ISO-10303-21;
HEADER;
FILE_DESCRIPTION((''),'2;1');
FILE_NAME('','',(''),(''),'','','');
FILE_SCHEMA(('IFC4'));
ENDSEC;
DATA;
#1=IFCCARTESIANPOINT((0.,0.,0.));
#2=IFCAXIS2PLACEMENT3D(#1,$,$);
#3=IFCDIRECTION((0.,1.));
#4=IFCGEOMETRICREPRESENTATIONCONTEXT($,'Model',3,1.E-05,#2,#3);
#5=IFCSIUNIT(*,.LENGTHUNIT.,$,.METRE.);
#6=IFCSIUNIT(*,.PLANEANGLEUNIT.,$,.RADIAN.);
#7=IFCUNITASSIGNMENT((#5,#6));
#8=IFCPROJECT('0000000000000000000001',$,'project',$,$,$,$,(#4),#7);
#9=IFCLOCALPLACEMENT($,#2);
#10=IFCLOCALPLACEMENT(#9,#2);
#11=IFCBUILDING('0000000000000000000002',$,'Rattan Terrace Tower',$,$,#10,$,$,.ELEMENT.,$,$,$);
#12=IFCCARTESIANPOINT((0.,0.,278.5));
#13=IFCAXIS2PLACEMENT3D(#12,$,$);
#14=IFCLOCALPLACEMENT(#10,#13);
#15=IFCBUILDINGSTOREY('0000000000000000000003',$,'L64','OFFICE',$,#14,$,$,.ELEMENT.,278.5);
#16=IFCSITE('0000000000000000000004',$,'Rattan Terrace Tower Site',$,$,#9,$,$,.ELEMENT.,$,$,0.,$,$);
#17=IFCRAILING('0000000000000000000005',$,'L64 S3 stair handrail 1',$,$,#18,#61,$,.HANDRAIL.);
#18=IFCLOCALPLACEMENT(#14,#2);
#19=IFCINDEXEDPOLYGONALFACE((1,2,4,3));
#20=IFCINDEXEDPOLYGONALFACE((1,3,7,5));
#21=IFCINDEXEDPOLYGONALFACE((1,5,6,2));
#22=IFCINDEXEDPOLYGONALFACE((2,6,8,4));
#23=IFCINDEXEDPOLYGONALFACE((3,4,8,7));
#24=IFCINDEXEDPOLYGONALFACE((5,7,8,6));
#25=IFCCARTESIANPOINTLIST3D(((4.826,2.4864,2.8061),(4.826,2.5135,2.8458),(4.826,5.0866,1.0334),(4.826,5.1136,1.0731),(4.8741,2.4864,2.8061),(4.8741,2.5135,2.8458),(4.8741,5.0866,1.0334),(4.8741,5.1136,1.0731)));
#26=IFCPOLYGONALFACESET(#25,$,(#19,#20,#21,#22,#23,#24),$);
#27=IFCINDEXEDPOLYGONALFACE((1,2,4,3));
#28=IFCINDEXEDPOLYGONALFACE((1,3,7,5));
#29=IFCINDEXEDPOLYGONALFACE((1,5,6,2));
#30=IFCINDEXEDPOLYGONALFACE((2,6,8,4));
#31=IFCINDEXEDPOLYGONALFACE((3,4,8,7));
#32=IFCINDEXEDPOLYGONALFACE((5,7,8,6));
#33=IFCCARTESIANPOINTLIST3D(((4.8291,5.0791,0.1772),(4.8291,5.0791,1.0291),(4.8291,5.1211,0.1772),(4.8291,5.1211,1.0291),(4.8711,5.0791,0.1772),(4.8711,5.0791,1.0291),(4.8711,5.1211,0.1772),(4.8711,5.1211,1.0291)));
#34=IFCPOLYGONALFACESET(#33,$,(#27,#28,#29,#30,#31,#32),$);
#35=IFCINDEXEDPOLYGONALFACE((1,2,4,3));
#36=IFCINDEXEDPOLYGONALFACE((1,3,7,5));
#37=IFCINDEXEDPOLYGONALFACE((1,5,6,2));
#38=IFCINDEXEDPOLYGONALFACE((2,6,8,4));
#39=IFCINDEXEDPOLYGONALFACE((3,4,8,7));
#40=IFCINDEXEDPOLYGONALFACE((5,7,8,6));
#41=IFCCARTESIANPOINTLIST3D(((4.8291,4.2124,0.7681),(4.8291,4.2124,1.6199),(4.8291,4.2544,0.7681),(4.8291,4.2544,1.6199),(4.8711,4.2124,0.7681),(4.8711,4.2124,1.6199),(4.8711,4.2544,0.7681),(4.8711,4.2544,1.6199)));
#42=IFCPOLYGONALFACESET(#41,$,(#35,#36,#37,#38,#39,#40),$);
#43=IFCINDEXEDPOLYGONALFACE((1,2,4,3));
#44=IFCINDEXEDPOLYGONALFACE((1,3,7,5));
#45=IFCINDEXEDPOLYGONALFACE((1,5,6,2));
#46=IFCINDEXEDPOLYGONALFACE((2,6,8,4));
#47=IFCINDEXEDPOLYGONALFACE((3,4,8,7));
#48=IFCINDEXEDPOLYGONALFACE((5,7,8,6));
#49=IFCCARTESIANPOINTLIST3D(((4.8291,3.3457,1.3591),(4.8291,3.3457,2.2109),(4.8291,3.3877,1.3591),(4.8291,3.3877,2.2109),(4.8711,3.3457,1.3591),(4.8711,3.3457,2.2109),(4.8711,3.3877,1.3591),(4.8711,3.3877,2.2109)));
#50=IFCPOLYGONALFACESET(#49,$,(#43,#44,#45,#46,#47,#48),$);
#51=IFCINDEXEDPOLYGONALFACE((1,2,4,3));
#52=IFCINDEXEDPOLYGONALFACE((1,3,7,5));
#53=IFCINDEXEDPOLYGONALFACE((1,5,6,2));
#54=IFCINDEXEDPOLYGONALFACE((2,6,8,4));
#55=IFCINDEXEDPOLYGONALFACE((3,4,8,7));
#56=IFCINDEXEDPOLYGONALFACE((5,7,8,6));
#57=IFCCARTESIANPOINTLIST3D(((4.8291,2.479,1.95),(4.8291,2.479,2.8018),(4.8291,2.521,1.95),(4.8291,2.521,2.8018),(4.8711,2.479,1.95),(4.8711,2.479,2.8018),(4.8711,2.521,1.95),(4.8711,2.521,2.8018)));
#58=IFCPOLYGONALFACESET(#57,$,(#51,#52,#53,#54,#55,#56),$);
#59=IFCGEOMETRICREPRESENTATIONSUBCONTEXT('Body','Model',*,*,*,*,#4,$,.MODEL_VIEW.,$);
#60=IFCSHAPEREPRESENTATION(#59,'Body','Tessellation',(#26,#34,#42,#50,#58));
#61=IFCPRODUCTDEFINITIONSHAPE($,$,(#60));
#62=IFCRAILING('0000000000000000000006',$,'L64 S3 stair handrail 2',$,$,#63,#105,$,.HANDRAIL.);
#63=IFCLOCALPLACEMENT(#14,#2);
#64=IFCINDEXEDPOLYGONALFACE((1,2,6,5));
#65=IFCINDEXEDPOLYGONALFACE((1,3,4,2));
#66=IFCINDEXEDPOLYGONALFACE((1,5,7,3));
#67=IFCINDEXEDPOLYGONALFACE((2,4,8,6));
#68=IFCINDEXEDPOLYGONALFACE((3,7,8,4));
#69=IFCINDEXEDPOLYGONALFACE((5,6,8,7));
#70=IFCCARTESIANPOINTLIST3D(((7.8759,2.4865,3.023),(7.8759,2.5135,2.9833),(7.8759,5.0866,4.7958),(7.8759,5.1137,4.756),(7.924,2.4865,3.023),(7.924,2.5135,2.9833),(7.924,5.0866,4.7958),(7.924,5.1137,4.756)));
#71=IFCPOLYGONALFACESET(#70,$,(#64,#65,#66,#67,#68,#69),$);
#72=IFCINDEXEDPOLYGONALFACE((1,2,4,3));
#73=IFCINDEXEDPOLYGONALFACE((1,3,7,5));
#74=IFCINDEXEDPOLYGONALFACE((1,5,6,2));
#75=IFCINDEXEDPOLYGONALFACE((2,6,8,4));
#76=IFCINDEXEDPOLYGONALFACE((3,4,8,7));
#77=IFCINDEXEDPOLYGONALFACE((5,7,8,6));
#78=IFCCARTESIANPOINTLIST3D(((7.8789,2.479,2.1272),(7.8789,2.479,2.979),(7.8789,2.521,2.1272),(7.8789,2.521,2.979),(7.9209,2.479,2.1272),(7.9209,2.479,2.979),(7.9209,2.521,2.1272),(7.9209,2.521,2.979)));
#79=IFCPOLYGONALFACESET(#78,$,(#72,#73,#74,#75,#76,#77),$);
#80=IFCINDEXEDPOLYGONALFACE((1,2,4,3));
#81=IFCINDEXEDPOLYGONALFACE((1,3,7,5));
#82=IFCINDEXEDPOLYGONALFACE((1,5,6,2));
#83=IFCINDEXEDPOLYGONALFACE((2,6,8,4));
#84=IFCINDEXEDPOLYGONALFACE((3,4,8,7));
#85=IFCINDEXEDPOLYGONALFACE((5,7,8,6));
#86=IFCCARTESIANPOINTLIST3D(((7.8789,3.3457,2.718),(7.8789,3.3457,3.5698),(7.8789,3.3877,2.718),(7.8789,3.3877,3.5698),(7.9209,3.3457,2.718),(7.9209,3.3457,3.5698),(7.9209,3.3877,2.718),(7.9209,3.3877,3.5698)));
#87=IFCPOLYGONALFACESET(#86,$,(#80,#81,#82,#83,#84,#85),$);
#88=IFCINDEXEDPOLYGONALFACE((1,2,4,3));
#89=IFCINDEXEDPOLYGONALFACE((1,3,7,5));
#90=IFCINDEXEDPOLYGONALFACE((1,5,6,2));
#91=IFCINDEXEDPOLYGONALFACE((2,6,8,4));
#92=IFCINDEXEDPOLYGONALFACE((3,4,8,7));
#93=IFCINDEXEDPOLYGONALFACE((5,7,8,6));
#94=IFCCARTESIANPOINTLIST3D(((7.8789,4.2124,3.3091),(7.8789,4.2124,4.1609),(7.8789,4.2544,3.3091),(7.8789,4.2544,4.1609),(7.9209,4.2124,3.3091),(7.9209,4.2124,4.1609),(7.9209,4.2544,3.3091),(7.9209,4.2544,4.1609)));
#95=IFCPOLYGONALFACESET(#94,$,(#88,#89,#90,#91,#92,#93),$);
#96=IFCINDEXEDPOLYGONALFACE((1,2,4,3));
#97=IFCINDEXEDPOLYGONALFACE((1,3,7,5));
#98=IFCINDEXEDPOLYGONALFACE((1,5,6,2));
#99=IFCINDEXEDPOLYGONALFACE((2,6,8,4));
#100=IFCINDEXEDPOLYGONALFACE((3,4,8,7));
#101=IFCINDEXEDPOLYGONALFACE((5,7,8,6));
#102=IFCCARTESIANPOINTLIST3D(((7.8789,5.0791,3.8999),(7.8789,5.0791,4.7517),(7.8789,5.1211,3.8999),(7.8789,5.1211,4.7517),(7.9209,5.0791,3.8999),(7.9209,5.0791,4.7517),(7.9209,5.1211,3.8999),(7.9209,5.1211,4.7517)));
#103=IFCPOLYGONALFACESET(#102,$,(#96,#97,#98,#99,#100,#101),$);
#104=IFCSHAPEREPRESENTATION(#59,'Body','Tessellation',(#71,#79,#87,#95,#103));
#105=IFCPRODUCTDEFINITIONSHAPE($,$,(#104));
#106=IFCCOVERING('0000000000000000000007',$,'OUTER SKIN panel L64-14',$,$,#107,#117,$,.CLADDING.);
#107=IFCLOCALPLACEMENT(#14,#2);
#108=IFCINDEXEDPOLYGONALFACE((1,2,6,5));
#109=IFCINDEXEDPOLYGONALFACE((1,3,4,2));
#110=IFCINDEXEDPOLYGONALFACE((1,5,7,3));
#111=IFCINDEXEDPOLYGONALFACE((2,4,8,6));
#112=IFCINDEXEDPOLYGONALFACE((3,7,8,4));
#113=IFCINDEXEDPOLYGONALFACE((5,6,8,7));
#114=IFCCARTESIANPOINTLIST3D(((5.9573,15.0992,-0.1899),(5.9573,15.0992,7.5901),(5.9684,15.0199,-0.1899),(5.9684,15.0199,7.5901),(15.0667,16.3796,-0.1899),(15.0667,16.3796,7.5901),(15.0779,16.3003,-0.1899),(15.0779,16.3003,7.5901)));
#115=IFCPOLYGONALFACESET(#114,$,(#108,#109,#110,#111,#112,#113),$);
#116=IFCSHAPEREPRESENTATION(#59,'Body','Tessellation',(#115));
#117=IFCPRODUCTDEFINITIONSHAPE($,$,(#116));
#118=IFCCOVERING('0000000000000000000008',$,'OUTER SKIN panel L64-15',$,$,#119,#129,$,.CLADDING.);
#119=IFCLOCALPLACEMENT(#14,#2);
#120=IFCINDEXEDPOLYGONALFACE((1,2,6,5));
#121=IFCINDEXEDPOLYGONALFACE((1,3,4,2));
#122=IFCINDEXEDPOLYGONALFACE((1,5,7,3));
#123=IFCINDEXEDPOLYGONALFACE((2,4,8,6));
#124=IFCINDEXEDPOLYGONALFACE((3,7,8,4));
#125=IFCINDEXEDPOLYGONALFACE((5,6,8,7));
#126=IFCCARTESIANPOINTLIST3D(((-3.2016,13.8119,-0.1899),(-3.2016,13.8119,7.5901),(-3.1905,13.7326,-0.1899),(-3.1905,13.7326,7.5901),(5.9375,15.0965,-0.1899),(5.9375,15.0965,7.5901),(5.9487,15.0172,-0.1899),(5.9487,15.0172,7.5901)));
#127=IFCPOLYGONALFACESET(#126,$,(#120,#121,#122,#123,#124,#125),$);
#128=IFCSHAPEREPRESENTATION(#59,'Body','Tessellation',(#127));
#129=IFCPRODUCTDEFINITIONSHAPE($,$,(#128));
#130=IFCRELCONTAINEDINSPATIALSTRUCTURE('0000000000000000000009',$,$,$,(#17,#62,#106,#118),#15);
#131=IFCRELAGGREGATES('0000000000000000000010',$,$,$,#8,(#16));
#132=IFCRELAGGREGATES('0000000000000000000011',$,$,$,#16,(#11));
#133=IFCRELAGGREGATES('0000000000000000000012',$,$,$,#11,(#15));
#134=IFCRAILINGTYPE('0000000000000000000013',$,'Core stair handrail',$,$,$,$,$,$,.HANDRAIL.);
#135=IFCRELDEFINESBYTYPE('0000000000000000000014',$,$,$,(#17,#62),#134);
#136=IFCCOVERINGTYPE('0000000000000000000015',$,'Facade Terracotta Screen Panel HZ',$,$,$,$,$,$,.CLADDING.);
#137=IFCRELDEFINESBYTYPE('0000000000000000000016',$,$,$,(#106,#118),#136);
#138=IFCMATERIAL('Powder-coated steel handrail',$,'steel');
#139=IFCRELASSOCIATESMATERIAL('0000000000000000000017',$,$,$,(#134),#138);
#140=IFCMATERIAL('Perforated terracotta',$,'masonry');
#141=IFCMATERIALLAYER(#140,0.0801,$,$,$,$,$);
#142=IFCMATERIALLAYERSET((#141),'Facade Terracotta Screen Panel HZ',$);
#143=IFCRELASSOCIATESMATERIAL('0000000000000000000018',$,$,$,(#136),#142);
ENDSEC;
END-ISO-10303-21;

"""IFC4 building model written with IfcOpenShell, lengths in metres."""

from ifc_helpers import new_model, si_unit, direction, frame, origin, origin_2d, place, context, subcontext, project, spatial, rectangle, extrude, material, layer, layer_set, type_object, element, save


model = new_model("IFC4")

# Units and contexts
model_context = context("Model", 3, precision=1e-05, world=origin(), true_north=direction((0.0, 1.0)))
body_context = subcontext(model_context, "Body", "Model", "MODEL_VIEW")
ifc_project = project(units=[si_unit("LENGTHUNIT", "METRE"), si_unit("PLANEANGLEUNIT", "RADIAN")], contexts=[model_context])

# Site, building, storey
site_placement = place(None, origin())
site = spatial("IfcSite", under=ifc_project, at=site_placement, Name="Rattan Terrace Tower Site", CompositionType="ELEMENT", RefElevation=0.0)
building_placement = place(site_placement, origin())
building = spatial("IfcBuilding", under=site, at=building_placement, Name="Rattan Terrace Tower", CompositionType="ELEMENT")
storey_placement = place(building_placement, frame((0.0, 0.0, 278.5)))
storey = spatial("IfcBuildingStorey", under=building, at=storey_placement, Name="L64", Description="OFFICE", CompositionType="ELEMENT", Elevation=278.5)

# Railings
ifc_material_1 = material(Name="Powder-coated steel handrail", Category="steel")
railing_type_1 = type_object("IfcRailingType", Name="Core stair handrail", PredefinedType="HANDRAIL", material=ifc_material_1)
railing_1_placement = place(storey_placement, frame((4.8501, 5.1001, 0.1772)))
element("IfcRailing", 1, at=railing_1_placement, inside=storey, type_object=railing_type_1, Name="L64 S3 stair handrail 1", PredefinedType="HANDRAIL", context=body_context, shape_type="SweptSolid", body=[
    extrude(rectangle(XDim=0.0481, YDim=0.0481, at=origin_2d()), frame((0.0, 0.0, 0.876), z_axis=(0.0, -0.82624, 0.563318), x_axis=(1.0, 0.0, 0.0)), (0.0, 0.0, 1.0), 3.147),
    extrude(rectangle(XDim=0.042, YDim=0.042, at=origin_2d()), origin(), (0.0, 0.0, 1.0), 0.8518),
    extrude(rectangle(XDim=0.042, YDim=0.042, at=origin_2d()), frame((0.0, -0.8667, 0.5908)), (0.0, 0.0, 1.0), 0.8518),
    extrude(rectangle(XDim=0.042, YDim=0.042, at=origin_2d()), frame((0.0, -1.7334, 1.1819)), (0.0, 0.0, 1.0), 0.8518),
    extrude(rectangle(XDim=0.042, YDim=0.042, at=origin_2d()), frame((0.0, -2.6001, 1.7727)), (0.0, 0.0, 1.0), 0.8518),
])
railing_2_placement = place(storey_placement, frame((7.8999, 2.5, 2.1272)))
element("IfcRailing", 2, at=railing_2_placement, inside=storey, type_object=railing_type_1, Name="L64 S3 stair handrail 2", PredefinedType="HANDRAIL", context=body_context, shape_type="SweptSolid", body=[
    extrude(rectangle(XDim=0.0481, YDim=0.0481, at=origin_2d()), frame((0.0, 0.0, 0.876), z_axis=(0.0, 0.82624, 0.563318), x_axis=(-1.0, 0.0, 0.0)), (0.0, 0.0, 1.0), 3.147),
    extrude(rectangle(XDim=0.042, YDim=0.042, at=origin_2d()), origin(), (0.0, 0.0, 1.0), 0.8518),
    extrude(rectangle(XDim=0.042, YDim=0.042, at=origin_2d()), frame((0.0, 0.8667, 0.5908)), (0.0, 0.0, 1.0), 0.8518),
    extrude(rectangle(XDim=0.042, YDim=0.042, at=origin_2d()), frame((0.0, 1.7334, 1.1819)), (0.0, 0.0, 1.0), 0.8518),
    extrude(rectangle(XDim=0.042, YDim=0.042, at=origin_2d()), frame((0.0, 2.6001, 1.7727)), (0.0, 0.0, 1.0), 0.8518),
])

# Coverings
ifc_material_2 = material(Name="Perforated terracotta", Category="masonry")
ifc_layer_1 = layer(ifc_material_2, 0.0801)
ifc_layer_set_1 = layer_set([ifc_layer_1], Name="Facade Terracotta Screen Panel HZ")
covering_type = type_object("IfcCoveringType", Name="Facade Terracotta Screen Panel HZ", PredefinedType="CLADDING", material=ifc_layer_set_1)
covering_1_placement = place(storey_placement, frame((10.5176, 15.6997, -0.1899), z_axis=(0.0, 0.0, 1.0), x_axis=(-0.990266, -0.139189, 0.0)))
element("IfcCovering", 3, at=covering_1_placement, inside=storey, type_object=covering_type, Name="OUTER SKIN panel L64-14", PredefinedType="CLADDING", context=body_context, shape_type="SweptSolid", body=[
    extrude(rectangle(XDim=9.199, YDim=0.0801, at=origin_2d()), origin(), (0.0, 0.0, 1.0), 7.78),
])
covering_2_placement = place(storey_placement, frame((1.3735, 14.4146, -0.1899), z_axis=(0.0, 0.0, 1.0), x_axis=(-0.990266, -0.139189, 0.0)))
element("IfcCovering", 4, at=covering_2_placement, inside=storey, type_object=covering_type, Name="OUTER SKIN panel L64-15", PredefinedType="CLADDING", context=body_context, shape_type="SweptSolid", body=[
    extrude(rectangle(XDim=9.229, YDim=0.0801, at=origin_2d()), origin(), (0.0, 0.0, 1.0), 7.78),
])

save(model, "model.ifc")
